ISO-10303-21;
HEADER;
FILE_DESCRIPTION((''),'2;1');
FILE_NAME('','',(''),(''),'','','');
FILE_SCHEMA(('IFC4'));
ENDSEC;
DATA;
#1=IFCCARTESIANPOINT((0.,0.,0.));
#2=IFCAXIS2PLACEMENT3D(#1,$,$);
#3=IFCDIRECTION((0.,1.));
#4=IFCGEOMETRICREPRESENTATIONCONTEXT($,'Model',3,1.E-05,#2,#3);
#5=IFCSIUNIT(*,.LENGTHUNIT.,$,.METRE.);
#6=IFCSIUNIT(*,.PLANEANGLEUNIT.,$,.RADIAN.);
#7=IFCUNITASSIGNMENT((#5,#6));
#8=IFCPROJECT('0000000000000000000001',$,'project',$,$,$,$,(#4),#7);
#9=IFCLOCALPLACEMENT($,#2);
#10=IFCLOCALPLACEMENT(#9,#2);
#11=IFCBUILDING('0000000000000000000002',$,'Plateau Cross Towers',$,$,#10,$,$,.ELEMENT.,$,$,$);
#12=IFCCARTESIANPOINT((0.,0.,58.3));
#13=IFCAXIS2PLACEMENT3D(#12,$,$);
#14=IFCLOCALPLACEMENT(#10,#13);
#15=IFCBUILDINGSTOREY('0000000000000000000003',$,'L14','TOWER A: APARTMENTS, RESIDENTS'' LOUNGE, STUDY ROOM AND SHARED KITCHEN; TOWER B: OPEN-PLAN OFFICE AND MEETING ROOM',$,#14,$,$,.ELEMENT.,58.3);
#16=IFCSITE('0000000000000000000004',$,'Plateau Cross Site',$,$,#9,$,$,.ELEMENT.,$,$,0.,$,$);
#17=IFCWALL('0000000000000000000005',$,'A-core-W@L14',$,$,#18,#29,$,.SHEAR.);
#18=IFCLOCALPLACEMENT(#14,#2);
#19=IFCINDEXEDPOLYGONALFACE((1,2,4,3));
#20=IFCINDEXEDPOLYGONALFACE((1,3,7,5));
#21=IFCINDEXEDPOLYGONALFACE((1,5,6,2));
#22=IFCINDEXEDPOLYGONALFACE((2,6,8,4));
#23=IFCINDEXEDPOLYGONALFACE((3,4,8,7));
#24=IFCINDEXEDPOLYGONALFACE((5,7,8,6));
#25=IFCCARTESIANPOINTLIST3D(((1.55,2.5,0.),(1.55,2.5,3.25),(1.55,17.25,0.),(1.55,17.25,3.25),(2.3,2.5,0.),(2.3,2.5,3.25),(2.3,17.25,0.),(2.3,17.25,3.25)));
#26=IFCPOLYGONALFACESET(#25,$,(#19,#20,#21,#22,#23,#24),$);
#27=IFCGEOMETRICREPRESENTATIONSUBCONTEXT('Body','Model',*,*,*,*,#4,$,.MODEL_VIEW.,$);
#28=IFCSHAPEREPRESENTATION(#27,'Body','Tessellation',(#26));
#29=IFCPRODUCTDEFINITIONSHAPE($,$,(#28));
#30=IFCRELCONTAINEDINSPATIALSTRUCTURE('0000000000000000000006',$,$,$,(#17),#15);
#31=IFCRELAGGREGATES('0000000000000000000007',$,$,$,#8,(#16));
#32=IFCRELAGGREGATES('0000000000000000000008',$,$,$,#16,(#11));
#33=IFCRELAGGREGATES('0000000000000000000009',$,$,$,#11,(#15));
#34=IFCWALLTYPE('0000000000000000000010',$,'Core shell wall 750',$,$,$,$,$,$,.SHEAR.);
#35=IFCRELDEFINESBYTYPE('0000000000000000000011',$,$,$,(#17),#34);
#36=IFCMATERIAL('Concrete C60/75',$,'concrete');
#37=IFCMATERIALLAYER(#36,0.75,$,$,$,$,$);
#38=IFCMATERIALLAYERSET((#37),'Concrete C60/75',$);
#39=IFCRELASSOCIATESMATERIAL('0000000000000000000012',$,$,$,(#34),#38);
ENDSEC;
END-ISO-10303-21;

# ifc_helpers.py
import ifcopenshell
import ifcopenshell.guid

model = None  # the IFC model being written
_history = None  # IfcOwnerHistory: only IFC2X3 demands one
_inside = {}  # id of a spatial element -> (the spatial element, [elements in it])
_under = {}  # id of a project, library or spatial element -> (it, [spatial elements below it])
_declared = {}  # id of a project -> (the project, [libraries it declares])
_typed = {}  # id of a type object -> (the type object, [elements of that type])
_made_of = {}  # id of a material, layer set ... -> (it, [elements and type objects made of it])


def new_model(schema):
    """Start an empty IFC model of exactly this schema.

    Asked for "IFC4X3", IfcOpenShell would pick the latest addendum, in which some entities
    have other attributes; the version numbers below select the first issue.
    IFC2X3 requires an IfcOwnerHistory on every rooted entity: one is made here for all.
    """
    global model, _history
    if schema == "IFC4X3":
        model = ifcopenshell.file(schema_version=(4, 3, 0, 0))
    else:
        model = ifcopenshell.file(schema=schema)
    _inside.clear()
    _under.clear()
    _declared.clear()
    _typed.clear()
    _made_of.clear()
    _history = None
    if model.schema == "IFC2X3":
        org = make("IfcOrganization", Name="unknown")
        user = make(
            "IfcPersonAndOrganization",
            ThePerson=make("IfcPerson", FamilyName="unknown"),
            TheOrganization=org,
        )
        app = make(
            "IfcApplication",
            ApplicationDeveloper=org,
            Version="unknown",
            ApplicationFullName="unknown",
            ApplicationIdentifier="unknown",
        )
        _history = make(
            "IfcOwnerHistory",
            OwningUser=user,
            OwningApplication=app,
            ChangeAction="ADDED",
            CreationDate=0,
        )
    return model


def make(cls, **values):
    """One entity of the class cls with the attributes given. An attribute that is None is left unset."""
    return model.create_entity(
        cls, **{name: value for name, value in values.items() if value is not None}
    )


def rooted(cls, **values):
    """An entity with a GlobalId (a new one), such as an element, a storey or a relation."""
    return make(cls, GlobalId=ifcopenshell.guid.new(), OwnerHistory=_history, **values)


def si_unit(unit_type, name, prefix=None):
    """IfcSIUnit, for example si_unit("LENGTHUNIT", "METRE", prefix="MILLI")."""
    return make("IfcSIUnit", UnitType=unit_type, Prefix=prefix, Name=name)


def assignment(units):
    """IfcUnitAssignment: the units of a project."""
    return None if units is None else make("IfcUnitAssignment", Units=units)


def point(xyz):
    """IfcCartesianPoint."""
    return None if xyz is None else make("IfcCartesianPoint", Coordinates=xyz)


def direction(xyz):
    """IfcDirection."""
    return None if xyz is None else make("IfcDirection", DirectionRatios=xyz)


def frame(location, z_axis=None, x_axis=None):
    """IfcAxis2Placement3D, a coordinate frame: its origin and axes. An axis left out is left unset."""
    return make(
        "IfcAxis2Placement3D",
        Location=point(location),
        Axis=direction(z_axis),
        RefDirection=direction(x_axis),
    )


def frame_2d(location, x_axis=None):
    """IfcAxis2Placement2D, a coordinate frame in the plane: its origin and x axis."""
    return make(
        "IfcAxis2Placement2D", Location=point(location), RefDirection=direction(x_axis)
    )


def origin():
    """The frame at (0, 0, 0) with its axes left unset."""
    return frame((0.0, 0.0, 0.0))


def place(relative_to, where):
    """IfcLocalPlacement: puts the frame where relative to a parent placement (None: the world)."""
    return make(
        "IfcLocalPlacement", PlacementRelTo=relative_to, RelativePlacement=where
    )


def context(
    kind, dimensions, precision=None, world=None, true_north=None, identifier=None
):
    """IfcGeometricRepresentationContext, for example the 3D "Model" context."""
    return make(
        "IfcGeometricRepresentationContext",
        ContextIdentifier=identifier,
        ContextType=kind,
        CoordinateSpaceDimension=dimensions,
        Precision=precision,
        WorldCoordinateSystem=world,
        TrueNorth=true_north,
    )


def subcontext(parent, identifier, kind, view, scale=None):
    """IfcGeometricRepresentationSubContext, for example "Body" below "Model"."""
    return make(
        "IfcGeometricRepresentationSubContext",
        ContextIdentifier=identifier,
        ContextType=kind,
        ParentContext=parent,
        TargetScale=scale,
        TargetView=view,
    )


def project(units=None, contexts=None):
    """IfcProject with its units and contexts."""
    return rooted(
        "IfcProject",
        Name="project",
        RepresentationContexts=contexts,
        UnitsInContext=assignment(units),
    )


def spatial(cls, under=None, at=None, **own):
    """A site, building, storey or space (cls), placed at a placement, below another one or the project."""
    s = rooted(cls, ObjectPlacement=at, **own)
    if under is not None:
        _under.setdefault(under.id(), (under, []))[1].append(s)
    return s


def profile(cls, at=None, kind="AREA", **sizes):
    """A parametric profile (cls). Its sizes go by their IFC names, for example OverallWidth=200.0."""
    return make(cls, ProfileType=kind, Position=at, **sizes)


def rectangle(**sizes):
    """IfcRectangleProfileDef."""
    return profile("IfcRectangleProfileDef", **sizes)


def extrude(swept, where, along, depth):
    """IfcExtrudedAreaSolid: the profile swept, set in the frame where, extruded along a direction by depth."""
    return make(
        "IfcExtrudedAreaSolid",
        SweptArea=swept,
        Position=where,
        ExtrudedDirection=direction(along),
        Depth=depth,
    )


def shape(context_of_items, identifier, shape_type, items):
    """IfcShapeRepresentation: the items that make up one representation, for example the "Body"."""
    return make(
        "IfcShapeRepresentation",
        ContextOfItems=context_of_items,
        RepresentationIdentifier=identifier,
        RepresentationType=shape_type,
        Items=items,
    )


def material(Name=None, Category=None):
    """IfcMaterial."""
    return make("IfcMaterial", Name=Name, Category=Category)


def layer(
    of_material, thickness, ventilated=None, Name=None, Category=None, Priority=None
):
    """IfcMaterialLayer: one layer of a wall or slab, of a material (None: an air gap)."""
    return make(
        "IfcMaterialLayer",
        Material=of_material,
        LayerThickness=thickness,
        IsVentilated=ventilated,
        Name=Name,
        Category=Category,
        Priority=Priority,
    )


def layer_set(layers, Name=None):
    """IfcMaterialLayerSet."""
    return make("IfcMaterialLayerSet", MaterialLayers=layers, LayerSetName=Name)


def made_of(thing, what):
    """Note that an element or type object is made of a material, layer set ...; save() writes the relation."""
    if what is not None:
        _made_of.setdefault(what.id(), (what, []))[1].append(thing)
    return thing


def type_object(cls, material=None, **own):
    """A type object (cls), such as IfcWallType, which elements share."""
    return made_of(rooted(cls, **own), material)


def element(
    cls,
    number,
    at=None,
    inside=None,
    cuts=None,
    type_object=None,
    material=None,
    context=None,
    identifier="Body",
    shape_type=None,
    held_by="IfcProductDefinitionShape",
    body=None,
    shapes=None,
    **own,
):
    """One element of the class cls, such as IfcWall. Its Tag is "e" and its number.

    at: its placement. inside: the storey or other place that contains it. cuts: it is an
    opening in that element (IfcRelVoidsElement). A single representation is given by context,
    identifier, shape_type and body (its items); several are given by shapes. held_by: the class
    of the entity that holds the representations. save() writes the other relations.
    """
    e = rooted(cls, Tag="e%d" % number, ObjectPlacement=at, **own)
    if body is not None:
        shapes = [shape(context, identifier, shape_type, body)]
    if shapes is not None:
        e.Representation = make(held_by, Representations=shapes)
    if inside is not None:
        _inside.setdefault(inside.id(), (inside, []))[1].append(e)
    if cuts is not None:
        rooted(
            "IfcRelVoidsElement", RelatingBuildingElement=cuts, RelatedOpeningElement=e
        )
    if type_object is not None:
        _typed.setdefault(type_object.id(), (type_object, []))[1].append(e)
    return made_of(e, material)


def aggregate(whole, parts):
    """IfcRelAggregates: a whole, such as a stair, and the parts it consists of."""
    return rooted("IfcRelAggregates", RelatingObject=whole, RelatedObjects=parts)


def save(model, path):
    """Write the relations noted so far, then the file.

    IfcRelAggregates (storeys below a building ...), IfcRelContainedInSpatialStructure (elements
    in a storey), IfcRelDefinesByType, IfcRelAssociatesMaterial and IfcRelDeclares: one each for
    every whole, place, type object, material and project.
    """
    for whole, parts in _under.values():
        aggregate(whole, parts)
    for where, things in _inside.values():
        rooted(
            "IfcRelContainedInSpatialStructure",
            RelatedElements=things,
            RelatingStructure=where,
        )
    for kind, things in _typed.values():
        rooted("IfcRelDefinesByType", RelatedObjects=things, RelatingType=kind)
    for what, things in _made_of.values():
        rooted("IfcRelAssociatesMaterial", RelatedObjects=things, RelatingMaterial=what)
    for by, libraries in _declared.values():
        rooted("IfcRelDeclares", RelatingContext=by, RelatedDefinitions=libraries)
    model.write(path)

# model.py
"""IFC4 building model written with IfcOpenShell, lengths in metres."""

from ifc_helpers import new_model, si_unit, direction, frame, frame_2d, origin, place, context, subcontext, project, spatial, rectangle, extrude, material, layer, layer_set, type_object, element, save


model = new_model("IFC4")

# Units and contexts
model_context = context("Model", 3, precision=1e-05, world=origin(), true_north=direction((0.0, 1.0)))
body_context = subcontext(model_context, "Body", "Model", "MODEL_VIEW")
ifc_project = project(units=[si_unit("LENGTHUNIT", "METRE"), si_unit("PLANEANGLEUNIT", "RADIAN")], contexts=[model_context])

# Site, building, storey
site_placement = place(None, origin())
site = spatial("IfcSite", under=ifc_project, at=site_placement, Name="Plateau Cross Site", CompositionType="ELEMENT", RefElevation=0.0)
building_placement = place(site_placement, origin())
building = spatial("IfcBuilding", under=site, at=building_placement, Name="Plateau Cross Towers", CompositionType="ELEMENT")
storey_placement = place(building_placement, frame((0.0, 0.0, 58.3)))
storey = spatial("IfcBuildingStorey", under=building, at=storey_placement, Name="L14", Description="TOWER A: APARTMENTS, RESIDENTS' LOUNGE, STUDY ROOM AND SHARED KITCHEN; TOWER B: OPEN-PLAN OFFICE AND MEETING ROOM", CompositionType="ELEMENT", Elevation=58.3)

# Shared definitions
ifc_material_1 = material(Name="Concrete C60/75", Category="concrete")

# Wall
ifc_layer_1 = layer(ifc_material_1, 0.75)
ifc_layer_set_1 = layer_set([ifc_layer_1], Name="Concrete C60/75")
wall_type_1 = type_object("IfcWallType", Name="Core shell wall 750", PredefinedType="SHEAR", material=ifc_layer_set_1)
wall_1_placement = place(storey_placement, frame((1.925, 2.5, 0.0), z_axis=(0.0, 0.0, 1.0), x_axis=(0.0, 1.0, 0.0)))
element("IfcWall", 1, at=wall_1_placement, inside=storey, type_object=wall_type_1, Name="A-core-W@L14", PredefinedType="SHEAR", context=body_context, shape_type="SweptSolid", body=[
    extrude(rectangle(XDim=14.75, YDim=0.75, at=frame_2d((7.375, 0.0))), origin(), (0.0, 0.0, 1.0), 3.25),
])

save(model, "model.ifc")
